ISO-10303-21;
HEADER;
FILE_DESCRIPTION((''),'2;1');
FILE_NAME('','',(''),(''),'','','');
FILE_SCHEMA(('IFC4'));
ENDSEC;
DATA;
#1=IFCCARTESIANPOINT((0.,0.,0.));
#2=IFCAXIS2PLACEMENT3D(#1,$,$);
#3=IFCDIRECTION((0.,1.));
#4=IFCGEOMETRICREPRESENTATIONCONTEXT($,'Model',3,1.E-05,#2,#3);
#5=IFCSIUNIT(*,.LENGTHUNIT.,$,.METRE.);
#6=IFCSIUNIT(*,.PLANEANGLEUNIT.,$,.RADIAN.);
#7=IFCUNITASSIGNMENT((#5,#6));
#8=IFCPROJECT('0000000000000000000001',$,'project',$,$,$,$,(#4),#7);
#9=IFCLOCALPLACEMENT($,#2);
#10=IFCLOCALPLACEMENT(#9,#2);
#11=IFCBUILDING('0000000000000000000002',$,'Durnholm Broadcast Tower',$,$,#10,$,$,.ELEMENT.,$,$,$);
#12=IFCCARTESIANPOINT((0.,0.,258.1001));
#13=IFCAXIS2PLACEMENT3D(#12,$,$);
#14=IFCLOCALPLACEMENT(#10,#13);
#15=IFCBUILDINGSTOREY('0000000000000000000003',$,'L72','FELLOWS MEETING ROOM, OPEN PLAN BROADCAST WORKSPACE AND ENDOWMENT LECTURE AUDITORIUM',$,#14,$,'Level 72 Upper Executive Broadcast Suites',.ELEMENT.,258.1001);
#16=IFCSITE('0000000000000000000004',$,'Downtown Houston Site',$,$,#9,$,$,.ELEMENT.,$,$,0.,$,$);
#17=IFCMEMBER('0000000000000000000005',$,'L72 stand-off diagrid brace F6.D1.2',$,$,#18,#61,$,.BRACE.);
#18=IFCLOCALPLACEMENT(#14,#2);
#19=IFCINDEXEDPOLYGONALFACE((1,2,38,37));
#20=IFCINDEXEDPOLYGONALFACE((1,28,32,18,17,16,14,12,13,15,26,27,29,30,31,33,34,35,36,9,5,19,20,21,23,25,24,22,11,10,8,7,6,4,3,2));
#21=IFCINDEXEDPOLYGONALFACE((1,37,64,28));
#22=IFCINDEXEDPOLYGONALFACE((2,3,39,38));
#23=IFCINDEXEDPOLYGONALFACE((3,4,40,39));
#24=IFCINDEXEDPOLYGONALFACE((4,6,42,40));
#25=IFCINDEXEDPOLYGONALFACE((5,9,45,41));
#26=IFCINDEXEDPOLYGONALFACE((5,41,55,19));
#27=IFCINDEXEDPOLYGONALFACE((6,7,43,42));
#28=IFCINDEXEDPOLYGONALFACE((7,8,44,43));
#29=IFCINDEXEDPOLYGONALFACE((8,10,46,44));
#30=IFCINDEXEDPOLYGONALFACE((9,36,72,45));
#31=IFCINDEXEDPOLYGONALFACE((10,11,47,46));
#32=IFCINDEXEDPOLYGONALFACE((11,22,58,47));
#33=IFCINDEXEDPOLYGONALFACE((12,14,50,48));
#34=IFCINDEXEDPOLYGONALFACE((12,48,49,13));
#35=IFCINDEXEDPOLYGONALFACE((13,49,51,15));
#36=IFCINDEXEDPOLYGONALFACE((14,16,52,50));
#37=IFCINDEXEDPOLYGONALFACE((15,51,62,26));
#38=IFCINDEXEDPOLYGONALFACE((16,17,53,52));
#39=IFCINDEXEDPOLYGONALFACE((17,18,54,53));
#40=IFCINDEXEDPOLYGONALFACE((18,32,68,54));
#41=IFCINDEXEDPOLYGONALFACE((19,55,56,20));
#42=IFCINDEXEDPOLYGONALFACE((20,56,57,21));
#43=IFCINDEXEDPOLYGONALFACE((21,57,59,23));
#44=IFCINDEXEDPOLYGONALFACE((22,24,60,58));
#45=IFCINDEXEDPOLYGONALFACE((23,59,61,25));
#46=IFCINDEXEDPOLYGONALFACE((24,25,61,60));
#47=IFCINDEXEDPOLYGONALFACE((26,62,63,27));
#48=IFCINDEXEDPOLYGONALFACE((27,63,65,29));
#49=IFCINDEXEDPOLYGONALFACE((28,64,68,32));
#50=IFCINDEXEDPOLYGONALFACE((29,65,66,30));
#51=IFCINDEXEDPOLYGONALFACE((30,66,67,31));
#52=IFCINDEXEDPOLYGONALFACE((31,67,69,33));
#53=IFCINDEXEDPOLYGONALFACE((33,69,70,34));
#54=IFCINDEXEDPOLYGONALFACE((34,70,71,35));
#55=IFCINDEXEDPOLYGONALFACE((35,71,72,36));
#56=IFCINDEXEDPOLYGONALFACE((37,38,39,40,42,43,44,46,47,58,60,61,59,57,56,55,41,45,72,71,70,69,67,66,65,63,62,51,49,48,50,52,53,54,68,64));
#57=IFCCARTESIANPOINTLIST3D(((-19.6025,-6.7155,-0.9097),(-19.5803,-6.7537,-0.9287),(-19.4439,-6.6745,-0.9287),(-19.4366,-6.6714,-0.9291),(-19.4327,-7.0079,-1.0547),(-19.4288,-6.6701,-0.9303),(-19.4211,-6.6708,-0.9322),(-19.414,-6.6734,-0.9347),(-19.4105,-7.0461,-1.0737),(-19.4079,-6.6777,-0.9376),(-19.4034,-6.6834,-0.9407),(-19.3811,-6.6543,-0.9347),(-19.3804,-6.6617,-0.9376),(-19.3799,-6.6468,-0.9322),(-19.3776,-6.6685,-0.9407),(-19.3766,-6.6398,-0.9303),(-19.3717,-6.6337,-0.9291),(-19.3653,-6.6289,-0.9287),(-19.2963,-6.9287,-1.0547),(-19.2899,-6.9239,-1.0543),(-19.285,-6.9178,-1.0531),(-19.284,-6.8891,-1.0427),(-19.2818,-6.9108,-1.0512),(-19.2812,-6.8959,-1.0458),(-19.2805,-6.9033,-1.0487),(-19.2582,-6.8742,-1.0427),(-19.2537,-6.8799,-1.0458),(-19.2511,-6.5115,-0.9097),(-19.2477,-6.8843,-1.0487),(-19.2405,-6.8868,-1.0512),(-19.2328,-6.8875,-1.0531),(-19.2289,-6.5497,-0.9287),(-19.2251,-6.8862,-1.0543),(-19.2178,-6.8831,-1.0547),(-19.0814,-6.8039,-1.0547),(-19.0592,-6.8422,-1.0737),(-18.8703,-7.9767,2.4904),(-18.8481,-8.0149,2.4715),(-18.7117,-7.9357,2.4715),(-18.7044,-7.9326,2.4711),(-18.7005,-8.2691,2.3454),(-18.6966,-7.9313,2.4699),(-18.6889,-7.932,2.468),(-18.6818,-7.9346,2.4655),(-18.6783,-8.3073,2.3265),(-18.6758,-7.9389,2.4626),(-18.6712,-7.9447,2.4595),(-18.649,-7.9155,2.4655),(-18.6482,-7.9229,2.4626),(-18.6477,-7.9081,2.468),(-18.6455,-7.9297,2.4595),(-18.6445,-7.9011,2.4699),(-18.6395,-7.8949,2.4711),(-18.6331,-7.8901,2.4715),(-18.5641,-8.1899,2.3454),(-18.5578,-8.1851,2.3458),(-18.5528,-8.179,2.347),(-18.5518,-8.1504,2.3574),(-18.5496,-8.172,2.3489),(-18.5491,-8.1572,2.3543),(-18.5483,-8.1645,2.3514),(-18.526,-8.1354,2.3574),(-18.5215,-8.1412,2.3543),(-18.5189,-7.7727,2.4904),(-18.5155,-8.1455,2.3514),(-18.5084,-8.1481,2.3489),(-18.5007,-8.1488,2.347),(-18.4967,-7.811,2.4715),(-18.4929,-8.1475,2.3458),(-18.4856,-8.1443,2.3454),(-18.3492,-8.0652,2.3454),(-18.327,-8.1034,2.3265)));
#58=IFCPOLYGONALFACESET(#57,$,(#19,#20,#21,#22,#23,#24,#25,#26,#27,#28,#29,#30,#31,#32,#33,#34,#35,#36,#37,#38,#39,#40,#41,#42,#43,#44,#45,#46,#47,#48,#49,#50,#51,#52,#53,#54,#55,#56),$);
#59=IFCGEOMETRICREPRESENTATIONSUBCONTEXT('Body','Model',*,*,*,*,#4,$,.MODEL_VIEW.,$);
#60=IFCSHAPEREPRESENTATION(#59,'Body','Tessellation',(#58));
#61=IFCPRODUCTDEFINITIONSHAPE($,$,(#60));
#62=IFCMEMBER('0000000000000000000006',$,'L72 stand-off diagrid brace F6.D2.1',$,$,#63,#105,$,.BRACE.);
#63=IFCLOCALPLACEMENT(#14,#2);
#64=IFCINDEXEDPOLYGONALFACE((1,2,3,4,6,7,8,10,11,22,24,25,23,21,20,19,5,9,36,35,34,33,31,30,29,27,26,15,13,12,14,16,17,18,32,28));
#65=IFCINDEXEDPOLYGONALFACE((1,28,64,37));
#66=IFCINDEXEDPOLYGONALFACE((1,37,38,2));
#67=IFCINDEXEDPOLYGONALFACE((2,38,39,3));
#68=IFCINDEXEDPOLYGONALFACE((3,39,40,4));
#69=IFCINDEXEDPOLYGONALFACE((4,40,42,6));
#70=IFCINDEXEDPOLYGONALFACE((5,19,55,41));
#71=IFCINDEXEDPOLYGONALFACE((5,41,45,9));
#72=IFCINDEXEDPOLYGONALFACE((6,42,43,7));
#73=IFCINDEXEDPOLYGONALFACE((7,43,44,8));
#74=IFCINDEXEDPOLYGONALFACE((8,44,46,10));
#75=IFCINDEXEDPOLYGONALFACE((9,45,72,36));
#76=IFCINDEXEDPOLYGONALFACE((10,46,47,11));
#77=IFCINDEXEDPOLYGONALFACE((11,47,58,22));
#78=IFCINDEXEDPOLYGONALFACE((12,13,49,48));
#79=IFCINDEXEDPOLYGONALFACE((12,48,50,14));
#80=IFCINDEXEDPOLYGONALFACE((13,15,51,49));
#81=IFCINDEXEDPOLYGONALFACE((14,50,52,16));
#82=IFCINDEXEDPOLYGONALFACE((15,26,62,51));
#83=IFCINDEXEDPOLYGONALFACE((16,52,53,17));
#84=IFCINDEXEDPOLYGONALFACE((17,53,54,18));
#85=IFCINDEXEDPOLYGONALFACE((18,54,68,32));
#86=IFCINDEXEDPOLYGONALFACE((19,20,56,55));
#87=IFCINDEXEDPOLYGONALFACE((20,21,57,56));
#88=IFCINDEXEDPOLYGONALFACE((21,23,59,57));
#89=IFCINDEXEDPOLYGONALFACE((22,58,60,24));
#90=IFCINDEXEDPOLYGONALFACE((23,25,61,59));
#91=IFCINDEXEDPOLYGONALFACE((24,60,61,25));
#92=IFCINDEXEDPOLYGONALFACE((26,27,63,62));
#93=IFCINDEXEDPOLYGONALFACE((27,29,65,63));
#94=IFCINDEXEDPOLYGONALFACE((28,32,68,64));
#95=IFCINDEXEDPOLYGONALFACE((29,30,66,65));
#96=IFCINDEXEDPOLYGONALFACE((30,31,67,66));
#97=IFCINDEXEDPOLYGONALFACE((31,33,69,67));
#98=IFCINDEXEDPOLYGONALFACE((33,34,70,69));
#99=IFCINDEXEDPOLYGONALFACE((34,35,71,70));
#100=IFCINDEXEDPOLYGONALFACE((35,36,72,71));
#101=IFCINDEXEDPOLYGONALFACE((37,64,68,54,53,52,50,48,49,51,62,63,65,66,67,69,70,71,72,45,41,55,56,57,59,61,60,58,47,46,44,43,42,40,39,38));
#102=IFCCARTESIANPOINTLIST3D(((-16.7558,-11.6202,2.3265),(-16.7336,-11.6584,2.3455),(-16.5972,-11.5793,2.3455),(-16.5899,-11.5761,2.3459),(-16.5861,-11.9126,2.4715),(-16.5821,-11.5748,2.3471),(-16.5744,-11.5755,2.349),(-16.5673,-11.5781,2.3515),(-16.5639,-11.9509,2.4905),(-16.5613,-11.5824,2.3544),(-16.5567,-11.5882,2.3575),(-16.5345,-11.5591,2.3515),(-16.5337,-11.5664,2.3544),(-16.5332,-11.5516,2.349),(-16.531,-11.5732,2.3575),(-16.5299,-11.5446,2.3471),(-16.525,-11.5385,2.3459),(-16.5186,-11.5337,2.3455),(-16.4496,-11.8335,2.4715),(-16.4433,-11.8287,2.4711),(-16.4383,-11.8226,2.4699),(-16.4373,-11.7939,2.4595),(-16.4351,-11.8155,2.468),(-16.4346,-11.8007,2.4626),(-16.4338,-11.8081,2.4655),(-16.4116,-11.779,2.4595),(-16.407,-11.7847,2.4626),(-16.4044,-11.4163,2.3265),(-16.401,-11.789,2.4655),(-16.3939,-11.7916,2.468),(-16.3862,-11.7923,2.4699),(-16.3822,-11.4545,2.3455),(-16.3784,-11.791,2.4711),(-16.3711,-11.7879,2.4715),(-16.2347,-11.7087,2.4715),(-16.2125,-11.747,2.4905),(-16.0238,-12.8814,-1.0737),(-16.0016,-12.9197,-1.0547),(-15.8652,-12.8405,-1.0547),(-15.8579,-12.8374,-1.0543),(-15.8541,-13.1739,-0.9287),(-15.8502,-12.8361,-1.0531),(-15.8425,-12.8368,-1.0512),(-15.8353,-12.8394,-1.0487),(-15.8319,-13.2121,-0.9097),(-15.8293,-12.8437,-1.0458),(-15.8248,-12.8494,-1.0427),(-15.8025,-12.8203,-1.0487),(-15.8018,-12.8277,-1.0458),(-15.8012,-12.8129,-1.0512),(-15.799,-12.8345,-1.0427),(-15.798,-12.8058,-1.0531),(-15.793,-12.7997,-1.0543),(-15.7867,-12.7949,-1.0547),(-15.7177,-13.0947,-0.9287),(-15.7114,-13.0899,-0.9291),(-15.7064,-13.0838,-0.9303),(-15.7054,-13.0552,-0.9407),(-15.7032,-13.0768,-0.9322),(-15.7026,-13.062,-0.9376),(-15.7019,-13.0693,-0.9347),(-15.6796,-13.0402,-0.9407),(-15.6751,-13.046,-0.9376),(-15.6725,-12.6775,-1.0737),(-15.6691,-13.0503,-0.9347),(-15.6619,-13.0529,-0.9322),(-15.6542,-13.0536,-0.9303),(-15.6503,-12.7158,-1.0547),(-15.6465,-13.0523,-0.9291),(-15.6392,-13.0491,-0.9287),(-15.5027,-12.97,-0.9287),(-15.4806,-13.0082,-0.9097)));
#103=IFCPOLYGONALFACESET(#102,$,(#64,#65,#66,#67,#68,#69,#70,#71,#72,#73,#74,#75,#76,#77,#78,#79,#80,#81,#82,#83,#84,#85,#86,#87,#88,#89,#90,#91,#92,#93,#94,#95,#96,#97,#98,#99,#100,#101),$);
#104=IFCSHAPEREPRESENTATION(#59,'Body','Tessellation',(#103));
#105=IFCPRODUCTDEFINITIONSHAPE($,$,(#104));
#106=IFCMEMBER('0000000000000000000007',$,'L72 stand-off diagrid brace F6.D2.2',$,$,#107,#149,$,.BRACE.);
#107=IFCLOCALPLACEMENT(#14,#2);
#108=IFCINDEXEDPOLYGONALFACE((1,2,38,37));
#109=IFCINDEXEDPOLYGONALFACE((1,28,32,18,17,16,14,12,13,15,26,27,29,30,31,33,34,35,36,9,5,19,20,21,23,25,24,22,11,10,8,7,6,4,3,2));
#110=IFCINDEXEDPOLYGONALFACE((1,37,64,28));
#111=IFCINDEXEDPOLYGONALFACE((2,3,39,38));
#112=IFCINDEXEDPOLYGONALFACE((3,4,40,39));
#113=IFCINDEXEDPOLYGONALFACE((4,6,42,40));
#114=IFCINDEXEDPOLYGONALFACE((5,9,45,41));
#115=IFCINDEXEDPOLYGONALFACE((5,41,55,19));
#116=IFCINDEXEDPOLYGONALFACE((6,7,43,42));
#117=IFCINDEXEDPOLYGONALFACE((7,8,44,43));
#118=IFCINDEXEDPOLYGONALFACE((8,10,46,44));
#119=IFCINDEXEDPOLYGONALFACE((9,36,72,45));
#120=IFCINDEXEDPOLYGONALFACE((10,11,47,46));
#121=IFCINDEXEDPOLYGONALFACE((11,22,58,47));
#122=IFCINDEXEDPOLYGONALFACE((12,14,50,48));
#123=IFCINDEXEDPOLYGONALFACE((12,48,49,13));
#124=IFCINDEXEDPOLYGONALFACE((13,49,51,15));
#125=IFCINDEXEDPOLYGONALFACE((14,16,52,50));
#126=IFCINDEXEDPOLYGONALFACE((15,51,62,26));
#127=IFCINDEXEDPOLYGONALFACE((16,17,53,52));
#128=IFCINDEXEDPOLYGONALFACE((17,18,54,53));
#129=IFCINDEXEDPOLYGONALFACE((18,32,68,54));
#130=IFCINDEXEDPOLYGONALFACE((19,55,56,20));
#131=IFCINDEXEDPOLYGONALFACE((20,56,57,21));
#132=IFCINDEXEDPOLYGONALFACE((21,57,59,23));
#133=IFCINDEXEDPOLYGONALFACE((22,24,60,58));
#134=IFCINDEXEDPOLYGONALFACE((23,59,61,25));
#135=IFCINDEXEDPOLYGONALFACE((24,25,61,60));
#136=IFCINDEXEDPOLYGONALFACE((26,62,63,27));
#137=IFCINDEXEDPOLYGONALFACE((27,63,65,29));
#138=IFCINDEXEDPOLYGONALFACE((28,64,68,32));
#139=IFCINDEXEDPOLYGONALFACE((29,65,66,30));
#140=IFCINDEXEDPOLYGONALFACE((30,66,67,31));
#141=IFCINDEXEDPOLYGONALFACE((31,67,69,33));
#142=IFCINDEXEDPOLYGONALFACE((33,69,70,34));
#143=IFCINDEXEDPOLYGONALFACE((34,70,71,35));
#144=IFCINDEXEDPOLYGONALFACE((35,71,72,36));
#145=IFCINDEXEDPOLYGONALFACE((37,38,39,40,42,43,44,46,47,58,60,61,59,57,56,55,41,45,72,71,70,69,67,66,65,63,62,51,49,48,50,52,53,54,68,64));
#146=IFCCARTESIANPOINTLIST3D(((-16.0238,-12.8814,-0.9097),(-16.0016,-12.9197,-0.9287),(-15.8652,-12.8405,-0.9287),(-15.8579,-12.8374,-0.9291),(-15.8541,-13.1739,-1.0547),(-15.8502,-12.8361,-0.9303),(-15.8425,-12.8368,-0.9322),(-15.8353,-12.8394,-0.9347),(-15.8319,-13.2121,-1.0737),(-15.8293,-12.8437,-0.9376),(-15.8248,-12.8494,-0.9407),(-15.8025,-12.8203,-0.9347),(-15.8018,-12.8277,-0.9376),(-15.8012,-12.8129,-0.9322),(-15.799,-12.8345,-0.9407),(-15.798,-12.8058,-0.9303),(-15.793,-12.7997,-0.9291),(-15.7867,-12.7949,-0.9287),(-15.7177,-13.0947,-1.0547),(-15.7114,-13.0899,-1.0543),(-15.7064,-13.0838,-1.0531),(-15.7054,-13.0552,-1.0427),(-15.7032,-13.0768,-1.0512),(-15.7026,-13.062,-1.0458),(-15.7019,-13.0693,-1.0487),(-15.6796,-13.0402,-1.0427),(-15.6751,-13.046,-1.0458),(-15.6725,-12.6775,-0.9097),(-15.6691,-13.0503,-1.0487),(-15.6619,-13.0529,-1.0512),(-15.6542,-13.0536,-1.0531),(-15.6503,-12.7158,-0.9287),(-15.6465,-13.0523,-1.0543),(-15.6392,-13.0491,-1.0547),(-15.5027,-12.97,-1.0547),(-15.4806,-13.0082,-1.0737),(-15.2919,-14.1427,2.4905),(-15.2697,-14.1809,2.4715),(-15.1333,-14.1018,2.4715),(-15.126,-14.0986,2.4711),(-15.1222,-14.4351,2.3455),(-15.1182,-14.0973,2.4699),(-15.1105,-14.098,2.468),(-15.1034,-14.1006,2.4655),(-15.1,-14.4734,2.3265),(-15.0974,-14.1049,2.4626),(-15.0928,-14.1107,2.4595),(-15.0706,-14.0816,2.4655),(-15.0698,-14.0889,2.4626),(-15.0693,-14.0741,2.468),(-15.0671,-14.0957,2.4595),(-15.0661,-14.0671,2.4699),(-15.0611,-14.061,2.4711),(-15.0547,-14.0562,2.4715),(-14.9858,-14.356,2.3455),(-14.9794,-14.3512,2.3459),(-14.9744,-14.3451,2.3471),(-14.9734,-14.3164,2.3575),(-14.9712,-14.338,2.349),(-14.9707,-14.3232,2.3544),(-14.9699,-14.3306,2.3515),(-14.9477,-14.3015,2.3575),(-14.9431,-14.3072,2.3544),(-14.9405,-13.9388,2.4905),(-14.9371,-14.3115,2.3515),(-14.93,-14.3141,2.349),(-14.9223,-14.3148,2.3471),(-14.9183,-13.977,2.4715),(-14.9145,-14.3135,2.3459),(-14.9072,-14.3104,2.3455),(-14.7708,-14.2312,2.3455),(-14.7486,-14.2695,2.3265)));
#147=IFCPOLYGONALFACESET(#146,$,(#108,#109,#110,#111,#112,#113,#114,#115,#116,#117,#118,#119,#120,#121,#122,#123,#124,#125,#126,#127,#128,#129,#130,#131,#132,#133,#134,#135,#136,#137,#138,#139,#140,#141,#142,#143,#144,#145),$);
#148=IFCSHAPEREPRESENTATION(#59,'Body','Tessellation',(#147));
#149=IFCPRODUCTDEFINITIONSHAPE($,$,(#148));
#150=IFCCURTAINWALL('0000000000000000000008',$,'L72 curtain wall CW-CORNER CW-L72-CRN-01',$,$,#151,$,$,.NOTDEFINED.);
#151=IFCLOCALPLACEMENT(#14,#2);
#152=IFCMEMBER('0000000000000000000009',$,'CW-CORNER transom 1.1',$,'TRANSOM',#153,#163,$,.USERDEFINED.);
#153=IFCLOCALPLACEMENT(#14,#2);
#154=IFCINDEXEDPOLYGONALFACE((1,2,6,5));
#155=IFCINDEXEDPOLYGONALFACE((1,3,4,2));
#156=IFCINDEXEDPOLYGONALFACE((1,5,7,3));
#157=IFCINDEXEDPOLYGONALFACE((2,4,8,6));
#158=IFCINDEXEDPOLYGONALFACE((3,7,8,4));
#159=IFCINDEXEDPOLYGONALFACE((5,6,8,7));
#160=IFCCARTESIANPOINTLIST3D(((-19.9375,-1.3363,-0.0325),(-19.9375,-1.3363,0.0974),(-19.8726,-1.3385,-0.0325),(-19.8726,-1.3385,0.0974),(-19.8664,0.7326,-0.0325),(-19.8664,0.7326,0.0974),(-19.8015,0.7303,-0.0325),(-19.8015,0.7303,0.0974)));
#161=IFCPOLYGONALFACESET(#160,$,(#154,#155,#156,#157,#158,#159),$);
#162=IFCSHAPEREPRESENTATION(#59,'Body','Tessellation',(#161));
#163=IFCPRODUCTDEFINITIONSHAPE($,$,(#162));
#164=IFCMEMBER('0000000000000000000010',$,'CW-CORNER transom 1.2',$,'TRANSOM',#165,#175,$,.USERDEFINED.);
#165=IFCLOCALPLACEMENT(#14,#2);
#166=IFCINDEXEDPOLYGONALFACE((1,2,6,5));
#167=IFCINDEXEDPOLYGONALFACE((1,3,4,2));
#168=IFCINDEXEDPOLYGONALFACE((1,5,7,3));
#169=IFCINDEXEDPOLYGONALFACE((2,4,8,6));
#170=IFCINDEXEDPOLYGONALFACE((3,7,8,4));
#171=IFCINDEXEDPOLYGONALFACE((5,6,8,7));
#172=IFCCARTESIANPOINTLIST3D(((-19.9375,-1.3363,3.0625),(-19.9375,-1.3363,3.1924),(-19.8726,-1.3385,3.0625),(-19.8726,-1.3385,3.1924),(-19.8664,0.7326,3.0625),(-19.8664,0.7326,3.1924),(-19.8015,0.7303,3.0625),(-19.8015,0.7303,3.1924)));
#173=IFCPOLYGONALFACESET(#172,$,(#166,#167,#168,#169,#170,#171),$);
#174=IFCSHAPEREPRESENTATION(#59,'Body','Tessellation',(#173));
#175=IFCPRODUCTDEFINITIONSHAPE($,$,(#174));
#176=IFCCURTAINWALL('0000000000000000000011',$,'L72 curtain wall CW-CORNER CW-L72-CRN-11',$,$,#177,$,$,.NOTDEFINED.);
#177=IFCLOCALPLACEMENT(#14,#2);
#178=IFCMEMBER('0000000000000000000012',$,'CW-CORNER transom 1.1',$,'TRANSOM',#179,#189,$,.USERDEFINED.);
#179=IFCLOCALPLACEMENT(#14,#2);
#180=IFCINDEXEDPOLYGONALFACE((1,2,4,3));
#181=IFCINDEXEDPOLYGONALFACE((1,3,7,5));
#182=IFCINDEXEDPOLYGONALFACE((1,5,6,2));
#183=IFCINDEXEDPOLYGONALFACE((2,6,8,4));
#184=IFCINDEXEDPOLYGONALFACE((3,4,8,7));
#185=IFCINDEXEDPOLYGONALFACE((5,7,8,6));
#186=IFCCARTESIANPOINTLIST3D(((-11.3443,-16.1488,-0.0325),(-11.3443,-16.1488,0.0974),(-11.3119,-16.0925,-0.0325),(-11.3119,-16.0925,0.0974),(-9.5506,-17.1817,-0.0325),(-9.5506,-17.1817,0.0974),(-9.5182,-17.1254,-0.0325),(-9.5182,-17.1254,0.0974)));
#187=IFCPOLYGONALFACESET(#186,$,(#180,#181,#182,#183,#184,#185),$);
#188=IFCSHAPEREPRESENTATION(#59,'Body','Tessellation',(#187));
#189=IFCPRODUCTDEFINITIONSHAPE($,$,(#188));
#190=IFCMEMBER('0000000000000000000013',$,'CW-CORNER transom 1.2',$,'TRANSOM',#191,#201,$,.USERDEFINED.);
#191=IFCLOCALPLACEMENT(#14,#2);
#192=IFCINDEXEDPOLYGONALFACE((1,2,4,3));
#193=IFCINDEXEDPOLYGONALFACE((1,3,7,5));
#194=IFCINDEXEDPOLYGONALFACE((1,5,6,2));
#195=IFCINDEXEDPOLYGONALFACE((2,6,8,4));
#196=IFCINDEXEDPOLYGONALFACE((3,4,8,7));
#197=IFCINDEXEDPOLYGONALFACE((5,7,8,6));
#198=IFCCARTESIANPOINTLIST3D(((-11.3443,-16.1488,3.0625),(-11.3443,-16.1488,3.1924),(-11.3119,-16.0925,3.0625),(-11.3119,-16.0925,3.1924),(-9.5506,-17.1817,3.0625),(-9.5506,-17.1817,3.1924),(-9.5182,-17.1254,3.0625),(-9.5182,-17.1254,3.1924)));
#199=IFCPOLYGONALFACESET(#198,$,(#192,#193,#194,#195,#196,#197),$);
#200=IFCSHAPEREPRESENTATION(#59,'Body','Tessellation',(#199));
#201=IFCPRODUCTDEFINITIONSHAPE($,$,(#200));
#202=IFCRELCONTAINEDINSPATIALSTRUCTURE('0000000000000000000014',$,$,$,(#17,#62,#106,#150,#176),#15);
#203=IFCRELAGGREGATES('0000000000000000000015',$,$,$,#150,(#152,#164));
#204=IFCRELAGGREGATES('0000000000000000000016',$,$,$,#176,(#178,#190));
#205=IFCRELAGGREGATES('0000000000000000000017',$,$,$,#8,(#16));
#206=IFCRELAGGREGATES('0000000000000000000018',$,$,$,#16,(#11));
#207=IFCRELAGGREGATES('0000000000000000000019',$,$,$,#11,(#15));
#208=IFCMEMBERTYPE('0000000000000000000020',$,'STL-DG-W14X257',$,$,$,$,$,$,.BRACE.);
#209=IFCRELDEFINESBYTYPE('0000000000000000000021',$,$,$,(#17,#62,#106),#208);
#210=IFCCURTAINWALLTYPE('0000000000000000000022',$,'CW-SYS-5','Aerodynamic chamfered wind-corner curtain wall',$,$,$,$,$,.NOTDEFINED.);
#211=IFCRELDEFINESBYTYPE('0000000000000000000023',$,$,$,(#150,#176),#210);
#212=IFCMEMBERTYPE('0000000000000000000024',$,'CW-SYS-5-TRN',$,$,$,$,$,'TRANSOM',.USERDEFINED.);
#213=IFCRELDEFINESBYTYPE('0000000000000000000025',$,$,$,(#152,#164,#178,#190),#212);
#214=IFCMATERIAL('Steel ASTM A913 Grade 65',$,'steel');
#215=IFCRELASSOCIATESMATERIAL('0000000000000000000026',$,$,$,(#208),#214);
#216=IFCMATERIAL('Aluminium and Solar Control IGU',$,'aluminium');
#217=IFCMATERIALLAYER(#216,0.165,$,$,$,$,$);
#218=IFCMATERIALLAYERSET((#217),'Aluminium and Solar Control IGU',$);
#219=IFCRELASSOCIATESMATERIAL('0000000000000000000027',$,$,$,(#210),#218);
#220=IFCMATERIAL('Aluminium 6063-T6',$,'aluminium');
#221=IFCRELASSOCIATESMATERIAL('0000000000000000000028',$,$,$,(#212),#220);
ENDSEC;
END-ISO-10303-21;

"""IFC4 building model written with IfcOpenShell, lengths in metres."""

from ifc_helpers import new_model, si_unit, direction, frame, origin, origin_2d, place, context, subcontext, project, spatial, rectangle, i_section, extrude, source, transform, mapped, material, layer, layer_set, material_profile, profile_set, type_object, type_shapes, element, aggregate, save


model = new_model("IFC4")

# Units and contexts
model_context = context("Model", 3, precision=1e-05, world=origin(), true_north=direction((0.0, 1.0)))
body_context = subcontext(model_context, "Body", "Model", "MODEL_VIEW")
ifc_project = project(units=[si_unit("LENGTHUNIT", "METRE"), si_unit("PLANEANGLEUNIT", "RADIAN")], contexts=[model_context])

# Site, building, storey
site_placement = place(None, origin())
site = spatial("IfcSite", under=ifc_project, at=site_placement, Name="Downtown Houston Site", CompositionType="ELEMENT", RefElevation=0.0)
building_placement = place(site_placement, origin())
building = spatial("IfcBuilding", under=site, at=building_placement, Name="Durnholm Broadcast Tower", CompositionType="ELEMENT")
storey_placement = place(building_placement, frame((0.0, 0.0, 258.1001)))
storey = spatial("IfcBuildingStorey", under=building, at=storey_placement, Name="L72", Description="FELLOWS MEETING ROOM, OPEN PLAN BROADCAST WORKSPACE AND ENDOWMENT LECTURE AUDITORIUM", LongName="Level 72 Upper Executive Broadcast Suites", CompositionType="ELEMENT", Elevation=258.1001)

# Members
ifc_material_1 = material(Name="Steel ASTM A913 Grade 65", Category="steel")
ifc_material_profile_1 = material_profile(ifc_material_1, i_section(OverallWidth=0.4062, OverallDepth=0.416, WebThickness=0.0298, FlangeThickness=0.0481, FilletRadius=0.0305, at=origin_2d()), Name="W14X257")
ifc_profile_set_1 = profile_set([ifc_material_profile_1], Name="Steel ASTM A913 Grade 65")
member_type_1 = type_object("IfcMemberType", Name="STL-DG-W14X257", PredefinedType="BRACE", material=ifc_profile_set_1)
shared_shape_1 = source(origin(), body_context, "Body", "SweptSolid", [
    extrude(i_section(OverallWidth=0.4062, OverallDepth=0.416, WebThickness=0.0298, FlangeThickness=0.0481, FilletRadius=0.0305, at=origin_2d()), origin(), (0.0, 0.0, 1.0), 3.6997),
])
type_shapes(member_type_1, [shared_shape_1])
for number, where, z_axis, x_axis, name in (
    (1, (-19.3308, -6.7788, -0.9917), (0.197902, -0.340901, 0.919033), (0.864833, 0.502059, 0.0), "L72 stand-off diagrid brace F6.D1.2"),
    (2, (-15.7522, -12.9448, -0.9917), (-0.197838, 0.340905, 0.919045), (-0.864906, -0.501934, 0.0), "L72 stand-off diagrid brace F6.D2.1"),
    (3, (-15.7522, -12.9448, -0.9917), (0.197838, -0.340905, 0.919045), (0.864906, 0.501934, 0.0), "L72 stand-off diagrid brace F6.D2.2"),
):
    element("IfcMember", number, at=place(storey_placement, frame(where, z_axis=z_axis, x_axis=x_axis)), inside=storey, type_object=member_type_1, Name=name, PredefinedType="BRACE", context=body_context, shape_type="MappedRepresentation", body=[
        mapped(shared_shape_1, transform((0.0, 0.0, 0.0), x_axis=(1.0, 0.0, 0.0), y_axis=(0.0, 1.0, 0.0), z_axis=(0.0, 0.0, 1.0), scale=1.0)),
    ])

# Curtain walls, members
ifc_material_2 = material(Name="Aluminium and Solar Control IGU", Category="aluminium")
ifc_layer_1 = layer(ifc_material_2, 0.165)
ifc_layer_set_1 = layer_set([ifc_layer_1], Name="Aluminium and Solar Control IGU")
curtain_wall_type_1 = type_object("IfcCurtainWallType", Name="CW-SYS-5", Description="Aerodynamic chamfered wind-corner curtain wall", PredefinedType="NOTDEFINED", material=ifc_layer_set_1)
curtain_wall_1_placement = place(storey_placement, origin())
curtain_wall_1 = element("IfcCurtainWall", 4, at=curtain_wall_1_placement, inside=storey, type_object=curtain_wall_type_1, Name="L72 curtain wall CW-CORNER CW-L72-CRN-01", PredefinedType="NOTDEFINED")
ifc_material_3 = material(Name="Aluminium 6063-T6", Category="aluminium")
ifc_material_profile_2 = material_profile(ifc_material_3, rectangle(XDim=0.0649, YDim=0.1299, at=origin_2d()), Name="CWT65X130")
ifc_profile_set_2 = profile_set([ifc_material_profile_2], Name="Aluminium 6063-T6")
member_type_2 = type_object("IfcMemberType", Name="CW-SYS-5-TRN", ElementType="TRANSOM", PredefinedType="USERDEFINED", material=ifc_profile_set_2)
shared_shape_2 = source(origin(), body_context, "Body", "SweptSolid", [
    extrude(rectangle(XDim=0.0649, YDim=0.1299, at=origin_2d()), origin(), (0.0, 0.0, 1.0), 2.0701),
])
member_1_placement = place(storey_placement, frame((-19.905, -1.3374, 0.0325), z_axis=(0.03432, 0.999411, 0.0), x_axis=(-0.999411, 0.03432, 0.0)))
member_1 = element("IfcMember", 5, at=member_1_placement, type_object=member_type_2, Name="CW-CORNER transom 1.1", ObjectType="TRANSOM", PredefinedType="USERDEFINED", context=body_context, shape_type="MappedRepresentation", body=[
    mapped(shared_shape_2, transform((0.0, 0.0, 0.0), x_axis=(1.0, 0.0, 0.0), y_axis=(0.0, 1.0, 0.0), z_axis=(0.0, 0.0, 1.0), scale=1.0)),
])
member_2_placement = place(storey_placement, frame((-19.905, -1.3374, 3.1274), z_axis=(0.03432, 0.999411, 0.0), x_axis=(-0.999411, 0.03432, 0.0)))
member_2 = element("IfcMember", 6, at=member_2_placement, type_object=member_type_2, Name="CW-CORNER transom 1.2", ObjectType="TRANSOM", PredefinedType="USERDEFINED", context=body_context, shape_type="MappedRepresentation", body=[
    mapped(shared_shape_2, transform((0.0, 0.0, 0.0), x_axis=(1.0, 0.0, 0.0), y_axis=(0.0, 1.0, 0.0), z_axis=(0.0, 0.0, 1.0), scale=1.0)),
])
curtain_wall_2_placement = place(storey_placement, origin())
curtain_wall_2 = element("IfcCurtainWall", 7, at=curtain_wall_2_placement, inside=storey, type_object=curtain_wall_type_1, Name="L72 curtain wall CW-CORNER CW-L72-CRN-11", PredefinedType="NOTDEFINED")
shared_shape_3 = source(origin(), body_context, "Body", "SweptSolid", [
    extrude(rectangle(XDim=0.0649, YDim=0.1299, at=origin_2d()), origin(), (0.0, 0.0, 1.0), 2.0698),
])
type_shapes(member_type_2, [shared_shape_2, shared_shape_3])
member_3_placement = place(storey_placement, frame((-9.5344, -17.1536, 0.0325), z_axis=(-0.866576, 0.499045, 0.0), x_axis=(-0.499045, -0.866576, 0.0)))
member_3 = element("IfcMember", 8, at=member_3_placement, type_object=member_type_2, Name="CW-CORNER transom 1.1", ObjectType="TRANSOM", PredefinedType="USERDEFINED", context=body_context, shape_type="MappedRepresentation", body=[
    mapped(shared_shape_3, transform((0.0, 0.0, 0.0), x_axis=(1.0, 0.0, 0.0), y_axis=(0.0, 1.0, 0.0), z_axis=(0.0, 0.0, 1.0), scale=1.0)),
])
member_4_placement = place(storey_placement, frame((-9.5344, -17.1536, 3.1274), z_axis=(-0.866576, 0.499045, 0.0), x_axis=(-0.499045, -0.866576, 0.0)))
member_4 = element("IfcMember", 9, at=member_4_placement, type_object=member_type_2, Name="CW-CORNER transom 1.2", ObjectType="TRANSOM", PredefinedType="USERDEFINED", context=body_context, shape_type="MappedRepresentation", body=[
    mapped(shared_shape_3, transform((0.0, 0.0, 0.0), x_axis=(1.0, 0.0, 0.0), y_axis=(0.0, 1.0, 0.0), z_axis=(0.0, 0.0, 1.0), scale=1.0)),
])

aggregate(curtain_wall_1, [member_1, member_2])
aggregate(curtain_wall_2, [member_3, member_4])

save(model, "model.ifc")
